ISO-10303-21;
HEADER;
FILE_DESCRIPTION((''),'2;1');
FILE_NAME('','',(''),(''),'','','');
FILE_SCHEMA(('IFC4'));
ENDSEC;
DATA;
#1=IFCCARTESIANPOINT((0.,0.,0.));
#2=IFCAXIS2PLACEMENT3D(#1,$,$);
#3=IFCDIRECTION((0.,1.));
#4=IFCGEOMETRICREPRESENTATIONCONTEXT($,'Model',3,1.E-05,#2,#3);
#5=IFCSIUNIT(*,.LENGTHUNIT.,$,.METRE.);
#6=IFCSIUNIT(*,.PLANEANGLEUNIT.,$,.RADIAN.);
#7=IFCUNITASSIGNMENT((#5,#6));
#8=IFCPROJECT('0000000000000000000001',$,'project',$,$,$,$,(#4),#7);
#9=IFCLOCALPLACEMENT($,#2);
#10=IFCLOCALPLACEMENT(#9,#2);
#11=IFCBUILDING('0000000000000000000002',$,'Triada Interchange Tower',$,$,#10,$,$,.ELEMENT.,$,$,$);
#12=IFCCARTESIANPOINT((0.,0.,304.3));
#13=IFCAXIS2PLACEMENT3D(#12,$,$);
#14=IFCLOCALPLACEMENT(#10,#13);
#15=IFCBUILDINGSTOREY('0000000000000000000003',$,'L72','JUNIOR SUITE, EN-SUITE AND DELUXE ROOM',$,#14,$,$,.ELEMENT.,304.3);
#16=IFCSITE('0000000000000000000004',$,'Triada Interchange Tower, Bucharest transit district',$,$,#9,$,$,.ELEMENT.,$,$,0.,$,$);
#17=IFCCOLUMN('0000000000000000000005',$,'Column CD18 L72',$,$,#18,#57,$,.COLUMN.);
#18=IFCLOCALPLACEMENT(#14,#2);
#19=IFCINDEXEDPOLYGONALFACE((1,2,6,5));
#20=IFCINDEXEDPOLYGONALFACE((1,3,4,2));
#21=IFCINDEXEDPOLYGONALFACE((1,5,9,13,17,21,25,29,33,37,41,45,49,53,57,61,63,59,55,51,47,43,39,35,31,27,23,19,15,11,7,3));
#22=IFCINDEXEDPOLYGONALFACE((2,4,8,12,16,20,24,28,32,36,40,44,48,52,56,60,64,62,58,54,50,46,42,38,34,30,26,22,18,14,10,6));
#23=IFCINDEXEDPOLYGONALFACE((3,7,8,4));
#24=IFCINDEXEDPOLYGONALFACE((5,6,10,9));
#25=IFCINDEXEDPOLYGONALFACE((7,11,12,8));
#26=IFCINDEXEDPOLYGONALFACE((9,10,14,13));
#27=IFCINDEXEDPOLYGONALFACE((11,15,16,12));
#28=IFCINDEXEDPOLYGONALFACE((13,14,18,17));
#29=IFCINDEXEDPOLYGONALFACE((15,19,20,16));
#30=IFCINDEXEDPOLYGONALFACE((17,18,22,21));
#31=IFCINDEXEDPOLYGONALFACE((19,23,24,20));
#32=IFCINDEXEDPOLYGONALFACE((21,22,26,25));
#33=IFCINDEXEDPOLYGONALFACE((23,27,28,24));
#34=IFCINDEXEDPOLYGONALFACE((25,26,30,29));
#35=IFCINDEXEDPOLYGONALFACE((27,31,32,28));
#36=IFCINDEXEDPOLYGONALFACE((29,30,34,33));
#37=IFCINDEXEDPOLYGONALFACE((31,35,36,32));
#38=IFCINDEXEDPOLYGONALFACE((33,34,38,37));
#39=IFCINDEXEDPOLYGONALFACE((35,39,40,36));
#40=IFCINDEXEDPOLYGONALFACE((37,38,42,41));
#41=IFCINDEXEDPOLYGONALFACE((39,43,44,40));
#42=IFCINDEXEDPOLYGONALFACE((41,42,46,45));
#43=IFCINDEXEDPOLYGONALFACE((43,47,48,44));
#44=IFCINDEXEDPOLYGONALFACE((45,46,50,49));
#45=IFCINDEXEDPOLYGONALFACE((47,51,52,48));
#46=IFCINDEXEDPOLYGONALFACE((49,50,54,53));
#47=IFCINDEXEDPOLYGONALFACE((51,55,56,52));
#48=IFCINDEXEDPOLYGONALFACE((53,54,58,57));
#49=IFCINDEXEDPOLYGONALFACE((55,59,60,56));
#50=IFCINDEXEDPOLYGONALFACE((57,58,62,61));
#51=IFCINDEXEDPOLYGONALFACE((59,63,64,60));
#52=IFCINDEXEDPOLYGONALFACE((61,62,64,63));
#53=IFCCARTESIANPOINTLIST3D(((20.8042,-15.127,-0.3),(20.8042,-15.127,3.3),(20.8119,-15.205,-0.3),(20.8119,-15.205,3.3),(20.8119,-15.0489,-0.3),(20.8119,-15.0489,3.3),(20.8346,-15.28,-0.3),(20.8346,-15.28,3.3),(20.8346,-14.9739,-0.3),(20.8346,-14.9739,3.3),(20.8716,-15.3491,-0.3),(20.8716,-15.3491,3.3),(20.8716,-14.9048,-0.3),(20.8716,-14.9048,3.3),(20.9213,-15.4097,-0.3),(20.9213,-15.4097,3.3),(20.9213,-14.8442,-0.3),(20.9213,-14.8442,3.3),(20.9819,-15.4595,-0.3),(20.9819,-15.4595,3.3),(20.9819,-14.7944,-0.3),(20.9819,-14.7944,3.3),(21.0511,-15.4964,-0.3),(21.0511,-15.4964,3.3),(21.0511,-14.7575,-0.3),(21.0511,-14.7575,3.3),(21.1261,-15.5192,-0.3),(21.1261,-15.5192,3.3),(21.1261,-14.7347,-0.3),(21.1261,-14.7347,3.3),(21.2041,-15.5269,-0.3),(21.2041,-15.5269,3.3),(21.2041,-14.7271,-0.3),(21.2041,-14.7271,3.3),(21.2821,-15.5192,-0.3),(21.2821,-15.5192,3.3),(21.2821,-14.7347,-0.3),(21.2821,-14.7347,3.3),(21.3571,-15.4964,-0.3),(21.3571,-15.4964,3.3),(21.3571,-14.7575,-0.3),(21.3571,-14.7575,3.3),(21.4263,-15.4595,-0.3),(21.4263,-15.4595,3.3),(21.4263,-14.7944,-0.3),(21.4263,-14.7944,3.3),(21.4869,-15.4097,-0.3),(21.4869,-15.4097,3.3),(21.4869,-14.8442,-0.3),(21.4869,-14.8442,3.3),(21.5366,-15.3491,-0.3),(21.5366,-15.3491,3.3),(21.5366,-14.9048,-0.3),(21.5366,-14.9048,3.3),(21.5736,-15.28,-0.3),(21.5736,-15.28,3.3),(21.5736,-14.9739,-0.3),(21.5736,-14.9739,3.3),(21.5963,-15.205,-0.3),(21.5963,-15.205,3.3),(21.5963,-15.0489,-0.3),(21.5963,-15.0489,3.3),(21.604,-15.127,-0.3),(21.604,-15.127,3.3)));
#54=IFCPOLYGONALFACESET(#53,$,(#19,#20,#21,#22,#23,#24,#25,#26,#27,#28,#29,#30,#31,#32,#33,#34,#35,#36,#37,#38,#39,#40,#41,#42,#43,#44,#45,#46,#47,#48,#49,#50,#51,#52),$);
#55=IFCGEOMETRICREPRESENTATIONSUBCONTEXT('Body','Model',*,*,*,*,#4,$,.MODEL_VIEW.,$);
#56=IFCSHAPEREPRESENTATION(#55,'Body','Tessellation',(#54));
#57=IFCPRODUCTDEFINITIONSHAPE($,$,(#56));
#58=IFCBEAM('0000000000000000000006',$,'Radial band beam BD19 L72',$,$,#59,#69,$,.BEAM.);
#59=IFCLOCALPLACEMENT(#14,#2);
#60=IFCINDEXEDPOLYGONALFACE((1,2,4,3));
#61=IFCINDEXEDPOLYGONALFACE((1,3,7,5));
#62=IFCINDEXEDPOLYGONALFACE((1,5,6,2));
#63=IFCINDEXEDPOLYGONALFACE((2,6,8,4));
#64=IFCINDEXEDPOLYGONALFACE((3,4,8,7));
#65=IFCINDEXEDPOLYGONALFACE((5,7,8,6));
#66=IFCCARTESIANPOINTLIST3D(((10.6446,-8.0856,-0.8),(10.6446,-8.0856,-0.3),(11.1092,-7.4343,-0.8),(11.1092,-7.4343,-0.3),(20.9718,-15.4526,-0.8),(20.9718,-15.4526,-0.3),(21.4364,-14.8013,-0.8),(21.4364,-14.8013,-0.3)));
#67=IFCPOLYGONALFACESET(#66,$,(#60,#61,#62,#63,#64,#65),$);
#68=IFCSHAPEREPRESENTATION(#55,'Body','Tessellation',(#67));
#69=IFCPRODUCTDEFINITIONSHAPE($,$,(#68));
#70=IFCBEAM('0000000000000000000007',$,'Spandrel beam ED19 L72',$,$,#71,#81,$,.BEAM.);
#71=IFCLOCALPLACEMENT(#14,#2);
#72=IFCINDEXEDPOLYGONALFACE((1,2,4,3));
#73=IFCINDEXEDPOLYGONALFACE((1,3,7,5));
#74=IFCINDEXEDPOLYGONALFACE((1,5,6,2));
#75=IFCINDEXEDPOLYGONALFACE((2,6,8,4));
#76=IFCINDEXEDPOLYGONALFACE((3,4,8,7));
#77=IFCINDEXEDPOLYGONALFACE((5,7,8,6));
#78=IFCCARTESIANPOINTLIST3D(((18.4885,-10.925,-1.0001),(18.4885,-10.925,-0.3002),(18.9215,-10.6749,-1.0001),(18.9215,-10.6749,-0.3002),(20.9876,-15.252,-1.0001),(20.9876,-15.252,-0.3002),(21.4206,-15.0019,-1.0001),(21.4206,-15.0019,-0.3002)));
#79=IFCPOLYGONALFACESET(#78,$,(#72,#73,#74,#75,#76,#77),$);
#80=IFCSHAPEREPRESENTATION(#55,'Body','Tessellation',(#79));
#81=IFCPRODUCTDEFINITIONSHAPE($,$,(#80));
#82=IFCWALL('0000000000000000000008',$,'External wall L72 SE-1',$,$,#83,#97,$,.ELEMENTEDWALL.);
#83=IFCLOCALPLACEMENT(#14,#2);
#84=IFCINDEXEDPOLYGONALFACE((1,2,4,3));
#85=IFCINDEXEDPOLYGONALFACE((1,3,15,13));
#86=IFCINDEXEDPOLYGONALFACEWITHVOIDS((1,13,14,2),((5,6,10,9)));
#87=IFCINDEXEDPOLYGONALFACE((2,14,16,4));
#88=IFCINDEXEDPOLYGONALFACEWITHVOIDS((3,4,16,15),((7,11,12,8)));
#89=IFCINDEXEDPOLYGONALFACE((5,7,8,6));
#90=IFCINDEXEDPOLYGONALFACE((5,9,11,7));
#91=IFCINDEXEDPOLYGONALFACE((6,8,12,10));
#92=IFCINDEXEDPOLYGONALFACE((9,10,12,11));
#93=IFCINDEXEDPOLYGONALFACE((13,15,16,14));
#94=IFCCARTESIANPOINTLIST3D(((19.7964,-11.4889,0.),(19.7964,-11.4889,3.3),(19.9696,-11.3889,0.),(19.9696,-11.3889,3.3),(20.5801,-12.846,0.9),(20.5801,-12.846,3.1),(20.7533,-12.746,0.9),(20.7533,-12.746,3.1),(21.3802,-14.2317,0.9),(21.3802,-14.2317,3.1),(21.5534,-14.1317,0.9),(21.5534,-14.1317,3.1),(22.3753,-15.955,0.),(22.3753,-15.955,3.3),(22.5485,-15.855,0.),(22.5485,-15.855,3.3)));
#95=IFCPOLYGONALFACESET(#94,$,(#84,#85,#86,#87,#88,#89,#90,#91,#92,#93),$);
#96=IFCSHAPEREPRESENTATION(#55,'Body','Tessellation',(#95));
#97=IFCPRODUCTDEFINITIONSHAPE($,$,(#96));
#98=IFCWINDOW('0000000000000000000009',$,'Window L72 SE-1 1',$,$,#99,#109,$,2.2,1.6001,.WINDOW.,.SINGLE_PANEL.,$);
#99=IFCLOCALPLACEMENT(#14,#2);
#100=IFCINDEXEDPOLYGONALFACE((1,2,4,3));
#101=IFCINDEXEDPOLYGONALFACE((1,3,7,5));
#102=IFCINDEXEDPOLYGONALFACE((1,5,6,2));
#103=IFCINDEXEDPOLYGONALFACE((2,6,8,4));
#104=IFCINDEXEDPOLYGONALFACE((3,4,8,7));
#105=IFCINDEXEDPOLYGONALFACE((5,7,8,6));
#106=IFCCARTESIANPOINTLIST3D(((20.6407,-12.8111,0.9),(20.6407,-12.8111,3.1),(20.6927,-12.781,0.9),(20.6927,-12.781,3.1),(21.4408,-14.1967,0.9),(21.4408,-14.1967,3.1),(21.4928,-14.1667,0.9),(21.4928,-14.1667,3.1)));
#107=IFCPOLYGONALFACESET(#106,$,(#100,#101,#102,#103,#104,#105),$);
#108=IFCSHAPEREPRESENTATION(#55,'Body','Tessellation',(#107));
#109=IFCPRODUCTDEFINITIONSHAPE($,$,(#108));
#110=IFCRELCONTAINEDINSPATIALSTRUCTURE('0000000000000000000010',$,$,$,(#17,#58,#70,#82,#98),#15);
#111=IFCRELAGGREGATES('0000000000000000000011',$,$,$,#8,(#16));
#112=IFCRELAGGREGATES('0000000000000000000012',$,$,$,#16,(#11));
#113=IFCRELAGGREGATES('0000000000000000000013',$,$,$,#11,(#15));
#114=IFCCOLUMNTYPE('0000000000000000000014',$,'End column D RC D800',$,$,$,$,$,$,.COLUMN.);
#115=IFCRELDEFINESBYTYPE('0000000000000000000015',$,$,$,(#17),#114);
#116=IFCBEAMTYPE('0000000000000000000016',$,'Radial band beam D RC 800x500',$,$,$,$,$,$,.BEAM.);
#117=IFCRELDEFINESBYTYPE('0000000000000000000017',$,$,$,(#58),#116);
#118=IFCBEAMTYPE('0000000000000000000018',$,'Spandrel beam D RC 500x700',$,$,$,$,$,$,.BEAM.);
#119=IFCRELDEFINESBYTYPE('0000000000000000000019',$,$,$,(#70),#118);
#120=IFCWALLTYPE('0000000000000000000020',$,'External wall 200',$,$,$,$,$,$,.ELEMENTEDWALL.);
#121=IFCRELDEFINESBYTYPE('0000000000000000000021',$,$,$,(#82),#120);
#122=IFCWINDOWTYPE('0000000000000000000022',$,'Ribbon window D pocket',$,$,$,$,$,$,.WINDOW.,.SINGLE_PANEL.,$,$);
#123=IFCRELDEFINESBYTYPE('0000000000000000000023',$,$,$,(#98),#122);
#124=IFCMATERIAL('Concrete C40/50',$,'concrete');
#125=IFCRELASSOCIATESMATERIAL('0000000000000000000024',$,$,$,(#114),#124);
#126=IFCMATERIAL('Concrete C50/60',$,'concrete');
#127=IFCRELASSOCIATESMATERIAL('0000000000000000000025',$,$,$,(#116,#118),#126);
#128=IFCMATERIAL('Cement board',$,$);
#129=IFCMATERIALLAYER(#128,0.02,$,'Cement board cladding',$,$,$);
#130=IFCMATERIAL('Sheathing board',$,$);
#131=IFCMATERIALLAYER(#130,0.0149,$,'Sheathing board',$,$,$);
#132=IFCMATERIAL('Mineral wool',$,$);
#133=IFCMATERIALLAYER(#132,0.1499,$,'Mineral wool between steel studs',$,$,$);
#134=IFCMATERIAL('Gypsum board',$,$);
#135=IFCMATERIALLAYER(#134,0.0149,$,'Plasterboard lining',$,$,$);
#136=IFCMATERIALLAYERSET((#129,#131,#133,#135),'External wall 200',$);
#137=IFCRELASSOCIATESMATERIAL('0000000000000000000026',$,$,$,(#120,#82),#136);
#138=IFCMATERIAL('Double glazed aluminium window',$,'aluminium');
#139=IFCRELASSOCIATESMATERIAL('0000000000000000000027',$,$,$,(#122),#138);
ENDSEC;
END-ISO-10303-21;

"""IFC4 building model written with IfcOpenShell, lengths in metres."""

from ifc_helpers import new_model, si_unit, direction, frame, frame_2d, origin, origin_2d, place, context, subcontext, project, spatial, rectangle, circle, extrude, material, layer, layer_set, layer_usage, material_profile, profile_set, type_object, element, fill, save


model = new_model("IFC4")

# Units and contexts
model_context = context("Model", 3, precision=1e-05, world=origin(), true_north=direction((0.0, 1.0)))
body_context = subcontext(model_context, "Body", "Model", "MODEL_VIEW")
ifc_project = project(units=[si_unit("LENGTHUNIT", "METRE"), si_unit("PLANEANGLEUNIT", "RADIAN")], contexts=[model_context])

# Site, building, storey
site_placement = place(None, origin())
site = spatial("IfcSite", under=ifc_project, at=site_placement, Name="Triada Interchange Tower, Bucharest transit district", CompositionType="ELEMENT", RefElevation=0.0)
building_placement = place(site_placement, origin())
building = spatial("IfcBuilding", under=site, at=building_placement, Name="Triada Interchange Tower", CompositionType="ELEMENT")
storey_placement = place(building_placement, frame((0.0, 0.0, 304.3)))
storey = spatial("IfcBuildingStorey", under=building, at=storey_placement, Name="L72", Description="JUNIOR SUITE, EN-SUITE AND DELUXE ROOM", CompositionType="ELEMENT", Elevation=304.3)

# Column
ifc_material_1 = material(Name="Concrete C40/50", Category="concrete")
ifc_material_profile_1 = material_profile(ifc_material_1, circle(Radius=0.3999, at=origin_2d()), Name="RC D800")
ifc_profile_set_1 = profile_set([ifc_material_profile_1], Name="Concrete C40/50")
column_type = type_object("IfcColumnType", Name="End column D RC D800", PredefinedType="COLUMN", material=ifc_profile_set_1)
column_placement = place(storey_placement, frame((21.2041, -15.127, -0.3), z_axis=(0.0, 0.0, 1.0), x_axis=(1.0, 0.0, 0.0)))
element("IfcColumn", 1, at=column_placement, inside=storey, type_object=column_type, Name="Column CD18 L72", PredefinedType="COLUMN", context=body_context, shape_type="SweptSolid", body=[
    extrude(circle(Radius=0.3999, at=origin_2d()), origin(), (0.0, 0.0, 1.0), 3.6001),
])

# Beams
ifc_material_2 = material(Name="Concrete C50/60", Category="concrete")
ifc_material_profile_2 = material_profile(ifc_material_2, rectangle(XDim=0.8, YDim=0.5, at=origin_2d()), Name="RC 800x500")
ifc_profile_set_2 = profile_set([ifc_material_profile_2], Name="Concrete C50/60")
beam_type_1 = type_object("IfcBeamType", Name="Radial band beam D RC 800x500", PredefinedType="BEAM", material=ifc_profile_set_2)
beam_1_placement = place(storey_placement, frame((21.2041, -15.127, -0.55), z_axis=(-0.814091, 0.580737, 0.0), x_axis=(-0.580737, -0.814091, 0.0)))
element("IfcBeam", 2, at=beam_1_placement, inside=storey, type_object=beam_type_1, Name="Radial band beam BD19 L72", PredefinedType="BEAM", context=body_context, shape_type="SweptSolid", body=[
    extrude(rectangle(XDim=0.8, YDim=0.5, at=origin_2d()), origin(), (0.0, 0.0, 1.0), 12.6855),
])
ifc_material_profile_3 = material_profile(ifc_material_2, rectangle(XDim=0.5, YDim=0.7, at=origin_2d()), Name="RC 500x700")
ifc_profile_set_3 = profile_set([ifc_material_profile_3], Name="Concrete C50/60")
beam_type_2 = type_object("IfcBeamType", Name="Spandrel beam D RC 500x700", PredefinedType="BEAM", material=ifc_profile_set_3)
beam_2_placement = place(storey_placement, frame((21.2041, -15.127, -0.6501), z_axis=(-0.500133, 0.865949, 0.0), x_axis=(-0.865949, -0.500133, 0.0)))
element("IfcBeam", 3, at=beam_2_placement, inside=storey, type_object=beam_type_2, Name="Spandrel beam ED19 L72", PredefinedType="BEAM", context=body_context, shape_type="SweptSolid", body=[
    extrude(rectangle(XDim=0.5, YDim=0.7, at=origin_2d()), origin(), (0.0, 0.0, 1.0), 4.9968),
])

# Wall, opening, window
ifc_material_3 = material(Name="Cement board")
ifc_layer_1 = layer(ifc_material_3, 0.02, Name="Cement board cladding")
ifc_material_4 = material(Name="Sheathing board")
ifc_layer_2 = layer(ifc_material_4, 0.0149, Name="Sheathing board")
ifc_material_5 = material(Name="Mineral wool")
ifc_layer_3 = layer(ifc_material_5, 0.1499, Name="Mineral wool between steel studs")
ifc_material_6 = material(Name="Gypsum board")
ifc_layer_4 = layer(ifc_material_6, 0.0149, Name="Plasterboard lining")
ifc_layer_set_1 = layer_set([ifc_layer_1, ifc_layer_2, ifc_layer_3, ifc_layer_4], Name="External wall 200")
ifc_layer_usage = layer_usage(ifc_layer_set_1, "AXIS2", "POSITIVE", -0.1001)
wall_type = type_object("IfcWallType", Name="External wall 200", PredefinedType="ELEMENTEDWALL", material=ifc_layer_set_1)
wall_1_placement = place(storey_placement, frame((22.4619, -15.905, 0.0), z_axis=(0.0, 0.0, 1.0), x_axis=(-0.500054, 0.865994, 0.0)))
wall_1 = element("IfcWall", 4, at=wall_1_placement, inside=storey, type_object=wall_type, material=ifc_layer_usage, Name="External wall L72 SE-1", PredefinedType="ELEMENTEDWALL", context=body_context, shape_type="SweptSolid", body=[
    extrude(rectangle(XDim=5.1572, YDim=0.2, at=frame_2d((2.5786, 0.0))), origin(), (0.0, 0.0, 1.0), 3.3),
])
opening_1_placement = place(wall_1_placement, frame((1.99, 0.0, 0.8999)))
opening_1 = element("IfcOpeningElement", 5, at=opening_1_placement, cuts=wall_1, PredefinedType="OPENING", context=body_context, shape_type="SweptSolid", body=[
    extrude(rectangle(XDim=1.6001, YDim=2.2, at=frame_2d((0.8, 1.1001))), frame((0.0, 0.1099, 0.0), z_axis=(0.0, -1.0, 0.0), x_axis=(1.0, 0.0, 0.0)), (0.0, 0.0, 1.0), 0.22),
])
ifc_material_7 = material(Name="Double glazed aluminium window", Category="aluminium")
window_type_1 = type_object("IfcWindowType", Name="Ribbon window D pocket", PartitioningType="SINGLE_PANEL", PredefinedType="WINDOW", material=ifc_material_7)
window_1_placement = place(opening_1_placement, origin())
window_1 = element("IfcWindow", 6, at=window_1_placement, inside=storey, type_object=window_type_1, Name="Window L72 SE-1 1", OverallHeight=2.2, OverallWidth=1.6001, PartitioningType="SINGLE_PANEL", PredefinedType="WINDOW", context=body_context, shape_type="SweptSolid", body=[
    extrude(rectangle(XDim=1.6001, YDim=2.2, at=frame_2d((0.8, 1.1001))), frame((0.0, 0.03, 0.0), z_axis=(0.0, -1.0, 0.0), x_axis=(1.0, 0.0, 0.0)), (0.0, 0.0, 1.0), 0.0601),
])
fill(opening_1, window_1)

save(model, "model.ifc")
